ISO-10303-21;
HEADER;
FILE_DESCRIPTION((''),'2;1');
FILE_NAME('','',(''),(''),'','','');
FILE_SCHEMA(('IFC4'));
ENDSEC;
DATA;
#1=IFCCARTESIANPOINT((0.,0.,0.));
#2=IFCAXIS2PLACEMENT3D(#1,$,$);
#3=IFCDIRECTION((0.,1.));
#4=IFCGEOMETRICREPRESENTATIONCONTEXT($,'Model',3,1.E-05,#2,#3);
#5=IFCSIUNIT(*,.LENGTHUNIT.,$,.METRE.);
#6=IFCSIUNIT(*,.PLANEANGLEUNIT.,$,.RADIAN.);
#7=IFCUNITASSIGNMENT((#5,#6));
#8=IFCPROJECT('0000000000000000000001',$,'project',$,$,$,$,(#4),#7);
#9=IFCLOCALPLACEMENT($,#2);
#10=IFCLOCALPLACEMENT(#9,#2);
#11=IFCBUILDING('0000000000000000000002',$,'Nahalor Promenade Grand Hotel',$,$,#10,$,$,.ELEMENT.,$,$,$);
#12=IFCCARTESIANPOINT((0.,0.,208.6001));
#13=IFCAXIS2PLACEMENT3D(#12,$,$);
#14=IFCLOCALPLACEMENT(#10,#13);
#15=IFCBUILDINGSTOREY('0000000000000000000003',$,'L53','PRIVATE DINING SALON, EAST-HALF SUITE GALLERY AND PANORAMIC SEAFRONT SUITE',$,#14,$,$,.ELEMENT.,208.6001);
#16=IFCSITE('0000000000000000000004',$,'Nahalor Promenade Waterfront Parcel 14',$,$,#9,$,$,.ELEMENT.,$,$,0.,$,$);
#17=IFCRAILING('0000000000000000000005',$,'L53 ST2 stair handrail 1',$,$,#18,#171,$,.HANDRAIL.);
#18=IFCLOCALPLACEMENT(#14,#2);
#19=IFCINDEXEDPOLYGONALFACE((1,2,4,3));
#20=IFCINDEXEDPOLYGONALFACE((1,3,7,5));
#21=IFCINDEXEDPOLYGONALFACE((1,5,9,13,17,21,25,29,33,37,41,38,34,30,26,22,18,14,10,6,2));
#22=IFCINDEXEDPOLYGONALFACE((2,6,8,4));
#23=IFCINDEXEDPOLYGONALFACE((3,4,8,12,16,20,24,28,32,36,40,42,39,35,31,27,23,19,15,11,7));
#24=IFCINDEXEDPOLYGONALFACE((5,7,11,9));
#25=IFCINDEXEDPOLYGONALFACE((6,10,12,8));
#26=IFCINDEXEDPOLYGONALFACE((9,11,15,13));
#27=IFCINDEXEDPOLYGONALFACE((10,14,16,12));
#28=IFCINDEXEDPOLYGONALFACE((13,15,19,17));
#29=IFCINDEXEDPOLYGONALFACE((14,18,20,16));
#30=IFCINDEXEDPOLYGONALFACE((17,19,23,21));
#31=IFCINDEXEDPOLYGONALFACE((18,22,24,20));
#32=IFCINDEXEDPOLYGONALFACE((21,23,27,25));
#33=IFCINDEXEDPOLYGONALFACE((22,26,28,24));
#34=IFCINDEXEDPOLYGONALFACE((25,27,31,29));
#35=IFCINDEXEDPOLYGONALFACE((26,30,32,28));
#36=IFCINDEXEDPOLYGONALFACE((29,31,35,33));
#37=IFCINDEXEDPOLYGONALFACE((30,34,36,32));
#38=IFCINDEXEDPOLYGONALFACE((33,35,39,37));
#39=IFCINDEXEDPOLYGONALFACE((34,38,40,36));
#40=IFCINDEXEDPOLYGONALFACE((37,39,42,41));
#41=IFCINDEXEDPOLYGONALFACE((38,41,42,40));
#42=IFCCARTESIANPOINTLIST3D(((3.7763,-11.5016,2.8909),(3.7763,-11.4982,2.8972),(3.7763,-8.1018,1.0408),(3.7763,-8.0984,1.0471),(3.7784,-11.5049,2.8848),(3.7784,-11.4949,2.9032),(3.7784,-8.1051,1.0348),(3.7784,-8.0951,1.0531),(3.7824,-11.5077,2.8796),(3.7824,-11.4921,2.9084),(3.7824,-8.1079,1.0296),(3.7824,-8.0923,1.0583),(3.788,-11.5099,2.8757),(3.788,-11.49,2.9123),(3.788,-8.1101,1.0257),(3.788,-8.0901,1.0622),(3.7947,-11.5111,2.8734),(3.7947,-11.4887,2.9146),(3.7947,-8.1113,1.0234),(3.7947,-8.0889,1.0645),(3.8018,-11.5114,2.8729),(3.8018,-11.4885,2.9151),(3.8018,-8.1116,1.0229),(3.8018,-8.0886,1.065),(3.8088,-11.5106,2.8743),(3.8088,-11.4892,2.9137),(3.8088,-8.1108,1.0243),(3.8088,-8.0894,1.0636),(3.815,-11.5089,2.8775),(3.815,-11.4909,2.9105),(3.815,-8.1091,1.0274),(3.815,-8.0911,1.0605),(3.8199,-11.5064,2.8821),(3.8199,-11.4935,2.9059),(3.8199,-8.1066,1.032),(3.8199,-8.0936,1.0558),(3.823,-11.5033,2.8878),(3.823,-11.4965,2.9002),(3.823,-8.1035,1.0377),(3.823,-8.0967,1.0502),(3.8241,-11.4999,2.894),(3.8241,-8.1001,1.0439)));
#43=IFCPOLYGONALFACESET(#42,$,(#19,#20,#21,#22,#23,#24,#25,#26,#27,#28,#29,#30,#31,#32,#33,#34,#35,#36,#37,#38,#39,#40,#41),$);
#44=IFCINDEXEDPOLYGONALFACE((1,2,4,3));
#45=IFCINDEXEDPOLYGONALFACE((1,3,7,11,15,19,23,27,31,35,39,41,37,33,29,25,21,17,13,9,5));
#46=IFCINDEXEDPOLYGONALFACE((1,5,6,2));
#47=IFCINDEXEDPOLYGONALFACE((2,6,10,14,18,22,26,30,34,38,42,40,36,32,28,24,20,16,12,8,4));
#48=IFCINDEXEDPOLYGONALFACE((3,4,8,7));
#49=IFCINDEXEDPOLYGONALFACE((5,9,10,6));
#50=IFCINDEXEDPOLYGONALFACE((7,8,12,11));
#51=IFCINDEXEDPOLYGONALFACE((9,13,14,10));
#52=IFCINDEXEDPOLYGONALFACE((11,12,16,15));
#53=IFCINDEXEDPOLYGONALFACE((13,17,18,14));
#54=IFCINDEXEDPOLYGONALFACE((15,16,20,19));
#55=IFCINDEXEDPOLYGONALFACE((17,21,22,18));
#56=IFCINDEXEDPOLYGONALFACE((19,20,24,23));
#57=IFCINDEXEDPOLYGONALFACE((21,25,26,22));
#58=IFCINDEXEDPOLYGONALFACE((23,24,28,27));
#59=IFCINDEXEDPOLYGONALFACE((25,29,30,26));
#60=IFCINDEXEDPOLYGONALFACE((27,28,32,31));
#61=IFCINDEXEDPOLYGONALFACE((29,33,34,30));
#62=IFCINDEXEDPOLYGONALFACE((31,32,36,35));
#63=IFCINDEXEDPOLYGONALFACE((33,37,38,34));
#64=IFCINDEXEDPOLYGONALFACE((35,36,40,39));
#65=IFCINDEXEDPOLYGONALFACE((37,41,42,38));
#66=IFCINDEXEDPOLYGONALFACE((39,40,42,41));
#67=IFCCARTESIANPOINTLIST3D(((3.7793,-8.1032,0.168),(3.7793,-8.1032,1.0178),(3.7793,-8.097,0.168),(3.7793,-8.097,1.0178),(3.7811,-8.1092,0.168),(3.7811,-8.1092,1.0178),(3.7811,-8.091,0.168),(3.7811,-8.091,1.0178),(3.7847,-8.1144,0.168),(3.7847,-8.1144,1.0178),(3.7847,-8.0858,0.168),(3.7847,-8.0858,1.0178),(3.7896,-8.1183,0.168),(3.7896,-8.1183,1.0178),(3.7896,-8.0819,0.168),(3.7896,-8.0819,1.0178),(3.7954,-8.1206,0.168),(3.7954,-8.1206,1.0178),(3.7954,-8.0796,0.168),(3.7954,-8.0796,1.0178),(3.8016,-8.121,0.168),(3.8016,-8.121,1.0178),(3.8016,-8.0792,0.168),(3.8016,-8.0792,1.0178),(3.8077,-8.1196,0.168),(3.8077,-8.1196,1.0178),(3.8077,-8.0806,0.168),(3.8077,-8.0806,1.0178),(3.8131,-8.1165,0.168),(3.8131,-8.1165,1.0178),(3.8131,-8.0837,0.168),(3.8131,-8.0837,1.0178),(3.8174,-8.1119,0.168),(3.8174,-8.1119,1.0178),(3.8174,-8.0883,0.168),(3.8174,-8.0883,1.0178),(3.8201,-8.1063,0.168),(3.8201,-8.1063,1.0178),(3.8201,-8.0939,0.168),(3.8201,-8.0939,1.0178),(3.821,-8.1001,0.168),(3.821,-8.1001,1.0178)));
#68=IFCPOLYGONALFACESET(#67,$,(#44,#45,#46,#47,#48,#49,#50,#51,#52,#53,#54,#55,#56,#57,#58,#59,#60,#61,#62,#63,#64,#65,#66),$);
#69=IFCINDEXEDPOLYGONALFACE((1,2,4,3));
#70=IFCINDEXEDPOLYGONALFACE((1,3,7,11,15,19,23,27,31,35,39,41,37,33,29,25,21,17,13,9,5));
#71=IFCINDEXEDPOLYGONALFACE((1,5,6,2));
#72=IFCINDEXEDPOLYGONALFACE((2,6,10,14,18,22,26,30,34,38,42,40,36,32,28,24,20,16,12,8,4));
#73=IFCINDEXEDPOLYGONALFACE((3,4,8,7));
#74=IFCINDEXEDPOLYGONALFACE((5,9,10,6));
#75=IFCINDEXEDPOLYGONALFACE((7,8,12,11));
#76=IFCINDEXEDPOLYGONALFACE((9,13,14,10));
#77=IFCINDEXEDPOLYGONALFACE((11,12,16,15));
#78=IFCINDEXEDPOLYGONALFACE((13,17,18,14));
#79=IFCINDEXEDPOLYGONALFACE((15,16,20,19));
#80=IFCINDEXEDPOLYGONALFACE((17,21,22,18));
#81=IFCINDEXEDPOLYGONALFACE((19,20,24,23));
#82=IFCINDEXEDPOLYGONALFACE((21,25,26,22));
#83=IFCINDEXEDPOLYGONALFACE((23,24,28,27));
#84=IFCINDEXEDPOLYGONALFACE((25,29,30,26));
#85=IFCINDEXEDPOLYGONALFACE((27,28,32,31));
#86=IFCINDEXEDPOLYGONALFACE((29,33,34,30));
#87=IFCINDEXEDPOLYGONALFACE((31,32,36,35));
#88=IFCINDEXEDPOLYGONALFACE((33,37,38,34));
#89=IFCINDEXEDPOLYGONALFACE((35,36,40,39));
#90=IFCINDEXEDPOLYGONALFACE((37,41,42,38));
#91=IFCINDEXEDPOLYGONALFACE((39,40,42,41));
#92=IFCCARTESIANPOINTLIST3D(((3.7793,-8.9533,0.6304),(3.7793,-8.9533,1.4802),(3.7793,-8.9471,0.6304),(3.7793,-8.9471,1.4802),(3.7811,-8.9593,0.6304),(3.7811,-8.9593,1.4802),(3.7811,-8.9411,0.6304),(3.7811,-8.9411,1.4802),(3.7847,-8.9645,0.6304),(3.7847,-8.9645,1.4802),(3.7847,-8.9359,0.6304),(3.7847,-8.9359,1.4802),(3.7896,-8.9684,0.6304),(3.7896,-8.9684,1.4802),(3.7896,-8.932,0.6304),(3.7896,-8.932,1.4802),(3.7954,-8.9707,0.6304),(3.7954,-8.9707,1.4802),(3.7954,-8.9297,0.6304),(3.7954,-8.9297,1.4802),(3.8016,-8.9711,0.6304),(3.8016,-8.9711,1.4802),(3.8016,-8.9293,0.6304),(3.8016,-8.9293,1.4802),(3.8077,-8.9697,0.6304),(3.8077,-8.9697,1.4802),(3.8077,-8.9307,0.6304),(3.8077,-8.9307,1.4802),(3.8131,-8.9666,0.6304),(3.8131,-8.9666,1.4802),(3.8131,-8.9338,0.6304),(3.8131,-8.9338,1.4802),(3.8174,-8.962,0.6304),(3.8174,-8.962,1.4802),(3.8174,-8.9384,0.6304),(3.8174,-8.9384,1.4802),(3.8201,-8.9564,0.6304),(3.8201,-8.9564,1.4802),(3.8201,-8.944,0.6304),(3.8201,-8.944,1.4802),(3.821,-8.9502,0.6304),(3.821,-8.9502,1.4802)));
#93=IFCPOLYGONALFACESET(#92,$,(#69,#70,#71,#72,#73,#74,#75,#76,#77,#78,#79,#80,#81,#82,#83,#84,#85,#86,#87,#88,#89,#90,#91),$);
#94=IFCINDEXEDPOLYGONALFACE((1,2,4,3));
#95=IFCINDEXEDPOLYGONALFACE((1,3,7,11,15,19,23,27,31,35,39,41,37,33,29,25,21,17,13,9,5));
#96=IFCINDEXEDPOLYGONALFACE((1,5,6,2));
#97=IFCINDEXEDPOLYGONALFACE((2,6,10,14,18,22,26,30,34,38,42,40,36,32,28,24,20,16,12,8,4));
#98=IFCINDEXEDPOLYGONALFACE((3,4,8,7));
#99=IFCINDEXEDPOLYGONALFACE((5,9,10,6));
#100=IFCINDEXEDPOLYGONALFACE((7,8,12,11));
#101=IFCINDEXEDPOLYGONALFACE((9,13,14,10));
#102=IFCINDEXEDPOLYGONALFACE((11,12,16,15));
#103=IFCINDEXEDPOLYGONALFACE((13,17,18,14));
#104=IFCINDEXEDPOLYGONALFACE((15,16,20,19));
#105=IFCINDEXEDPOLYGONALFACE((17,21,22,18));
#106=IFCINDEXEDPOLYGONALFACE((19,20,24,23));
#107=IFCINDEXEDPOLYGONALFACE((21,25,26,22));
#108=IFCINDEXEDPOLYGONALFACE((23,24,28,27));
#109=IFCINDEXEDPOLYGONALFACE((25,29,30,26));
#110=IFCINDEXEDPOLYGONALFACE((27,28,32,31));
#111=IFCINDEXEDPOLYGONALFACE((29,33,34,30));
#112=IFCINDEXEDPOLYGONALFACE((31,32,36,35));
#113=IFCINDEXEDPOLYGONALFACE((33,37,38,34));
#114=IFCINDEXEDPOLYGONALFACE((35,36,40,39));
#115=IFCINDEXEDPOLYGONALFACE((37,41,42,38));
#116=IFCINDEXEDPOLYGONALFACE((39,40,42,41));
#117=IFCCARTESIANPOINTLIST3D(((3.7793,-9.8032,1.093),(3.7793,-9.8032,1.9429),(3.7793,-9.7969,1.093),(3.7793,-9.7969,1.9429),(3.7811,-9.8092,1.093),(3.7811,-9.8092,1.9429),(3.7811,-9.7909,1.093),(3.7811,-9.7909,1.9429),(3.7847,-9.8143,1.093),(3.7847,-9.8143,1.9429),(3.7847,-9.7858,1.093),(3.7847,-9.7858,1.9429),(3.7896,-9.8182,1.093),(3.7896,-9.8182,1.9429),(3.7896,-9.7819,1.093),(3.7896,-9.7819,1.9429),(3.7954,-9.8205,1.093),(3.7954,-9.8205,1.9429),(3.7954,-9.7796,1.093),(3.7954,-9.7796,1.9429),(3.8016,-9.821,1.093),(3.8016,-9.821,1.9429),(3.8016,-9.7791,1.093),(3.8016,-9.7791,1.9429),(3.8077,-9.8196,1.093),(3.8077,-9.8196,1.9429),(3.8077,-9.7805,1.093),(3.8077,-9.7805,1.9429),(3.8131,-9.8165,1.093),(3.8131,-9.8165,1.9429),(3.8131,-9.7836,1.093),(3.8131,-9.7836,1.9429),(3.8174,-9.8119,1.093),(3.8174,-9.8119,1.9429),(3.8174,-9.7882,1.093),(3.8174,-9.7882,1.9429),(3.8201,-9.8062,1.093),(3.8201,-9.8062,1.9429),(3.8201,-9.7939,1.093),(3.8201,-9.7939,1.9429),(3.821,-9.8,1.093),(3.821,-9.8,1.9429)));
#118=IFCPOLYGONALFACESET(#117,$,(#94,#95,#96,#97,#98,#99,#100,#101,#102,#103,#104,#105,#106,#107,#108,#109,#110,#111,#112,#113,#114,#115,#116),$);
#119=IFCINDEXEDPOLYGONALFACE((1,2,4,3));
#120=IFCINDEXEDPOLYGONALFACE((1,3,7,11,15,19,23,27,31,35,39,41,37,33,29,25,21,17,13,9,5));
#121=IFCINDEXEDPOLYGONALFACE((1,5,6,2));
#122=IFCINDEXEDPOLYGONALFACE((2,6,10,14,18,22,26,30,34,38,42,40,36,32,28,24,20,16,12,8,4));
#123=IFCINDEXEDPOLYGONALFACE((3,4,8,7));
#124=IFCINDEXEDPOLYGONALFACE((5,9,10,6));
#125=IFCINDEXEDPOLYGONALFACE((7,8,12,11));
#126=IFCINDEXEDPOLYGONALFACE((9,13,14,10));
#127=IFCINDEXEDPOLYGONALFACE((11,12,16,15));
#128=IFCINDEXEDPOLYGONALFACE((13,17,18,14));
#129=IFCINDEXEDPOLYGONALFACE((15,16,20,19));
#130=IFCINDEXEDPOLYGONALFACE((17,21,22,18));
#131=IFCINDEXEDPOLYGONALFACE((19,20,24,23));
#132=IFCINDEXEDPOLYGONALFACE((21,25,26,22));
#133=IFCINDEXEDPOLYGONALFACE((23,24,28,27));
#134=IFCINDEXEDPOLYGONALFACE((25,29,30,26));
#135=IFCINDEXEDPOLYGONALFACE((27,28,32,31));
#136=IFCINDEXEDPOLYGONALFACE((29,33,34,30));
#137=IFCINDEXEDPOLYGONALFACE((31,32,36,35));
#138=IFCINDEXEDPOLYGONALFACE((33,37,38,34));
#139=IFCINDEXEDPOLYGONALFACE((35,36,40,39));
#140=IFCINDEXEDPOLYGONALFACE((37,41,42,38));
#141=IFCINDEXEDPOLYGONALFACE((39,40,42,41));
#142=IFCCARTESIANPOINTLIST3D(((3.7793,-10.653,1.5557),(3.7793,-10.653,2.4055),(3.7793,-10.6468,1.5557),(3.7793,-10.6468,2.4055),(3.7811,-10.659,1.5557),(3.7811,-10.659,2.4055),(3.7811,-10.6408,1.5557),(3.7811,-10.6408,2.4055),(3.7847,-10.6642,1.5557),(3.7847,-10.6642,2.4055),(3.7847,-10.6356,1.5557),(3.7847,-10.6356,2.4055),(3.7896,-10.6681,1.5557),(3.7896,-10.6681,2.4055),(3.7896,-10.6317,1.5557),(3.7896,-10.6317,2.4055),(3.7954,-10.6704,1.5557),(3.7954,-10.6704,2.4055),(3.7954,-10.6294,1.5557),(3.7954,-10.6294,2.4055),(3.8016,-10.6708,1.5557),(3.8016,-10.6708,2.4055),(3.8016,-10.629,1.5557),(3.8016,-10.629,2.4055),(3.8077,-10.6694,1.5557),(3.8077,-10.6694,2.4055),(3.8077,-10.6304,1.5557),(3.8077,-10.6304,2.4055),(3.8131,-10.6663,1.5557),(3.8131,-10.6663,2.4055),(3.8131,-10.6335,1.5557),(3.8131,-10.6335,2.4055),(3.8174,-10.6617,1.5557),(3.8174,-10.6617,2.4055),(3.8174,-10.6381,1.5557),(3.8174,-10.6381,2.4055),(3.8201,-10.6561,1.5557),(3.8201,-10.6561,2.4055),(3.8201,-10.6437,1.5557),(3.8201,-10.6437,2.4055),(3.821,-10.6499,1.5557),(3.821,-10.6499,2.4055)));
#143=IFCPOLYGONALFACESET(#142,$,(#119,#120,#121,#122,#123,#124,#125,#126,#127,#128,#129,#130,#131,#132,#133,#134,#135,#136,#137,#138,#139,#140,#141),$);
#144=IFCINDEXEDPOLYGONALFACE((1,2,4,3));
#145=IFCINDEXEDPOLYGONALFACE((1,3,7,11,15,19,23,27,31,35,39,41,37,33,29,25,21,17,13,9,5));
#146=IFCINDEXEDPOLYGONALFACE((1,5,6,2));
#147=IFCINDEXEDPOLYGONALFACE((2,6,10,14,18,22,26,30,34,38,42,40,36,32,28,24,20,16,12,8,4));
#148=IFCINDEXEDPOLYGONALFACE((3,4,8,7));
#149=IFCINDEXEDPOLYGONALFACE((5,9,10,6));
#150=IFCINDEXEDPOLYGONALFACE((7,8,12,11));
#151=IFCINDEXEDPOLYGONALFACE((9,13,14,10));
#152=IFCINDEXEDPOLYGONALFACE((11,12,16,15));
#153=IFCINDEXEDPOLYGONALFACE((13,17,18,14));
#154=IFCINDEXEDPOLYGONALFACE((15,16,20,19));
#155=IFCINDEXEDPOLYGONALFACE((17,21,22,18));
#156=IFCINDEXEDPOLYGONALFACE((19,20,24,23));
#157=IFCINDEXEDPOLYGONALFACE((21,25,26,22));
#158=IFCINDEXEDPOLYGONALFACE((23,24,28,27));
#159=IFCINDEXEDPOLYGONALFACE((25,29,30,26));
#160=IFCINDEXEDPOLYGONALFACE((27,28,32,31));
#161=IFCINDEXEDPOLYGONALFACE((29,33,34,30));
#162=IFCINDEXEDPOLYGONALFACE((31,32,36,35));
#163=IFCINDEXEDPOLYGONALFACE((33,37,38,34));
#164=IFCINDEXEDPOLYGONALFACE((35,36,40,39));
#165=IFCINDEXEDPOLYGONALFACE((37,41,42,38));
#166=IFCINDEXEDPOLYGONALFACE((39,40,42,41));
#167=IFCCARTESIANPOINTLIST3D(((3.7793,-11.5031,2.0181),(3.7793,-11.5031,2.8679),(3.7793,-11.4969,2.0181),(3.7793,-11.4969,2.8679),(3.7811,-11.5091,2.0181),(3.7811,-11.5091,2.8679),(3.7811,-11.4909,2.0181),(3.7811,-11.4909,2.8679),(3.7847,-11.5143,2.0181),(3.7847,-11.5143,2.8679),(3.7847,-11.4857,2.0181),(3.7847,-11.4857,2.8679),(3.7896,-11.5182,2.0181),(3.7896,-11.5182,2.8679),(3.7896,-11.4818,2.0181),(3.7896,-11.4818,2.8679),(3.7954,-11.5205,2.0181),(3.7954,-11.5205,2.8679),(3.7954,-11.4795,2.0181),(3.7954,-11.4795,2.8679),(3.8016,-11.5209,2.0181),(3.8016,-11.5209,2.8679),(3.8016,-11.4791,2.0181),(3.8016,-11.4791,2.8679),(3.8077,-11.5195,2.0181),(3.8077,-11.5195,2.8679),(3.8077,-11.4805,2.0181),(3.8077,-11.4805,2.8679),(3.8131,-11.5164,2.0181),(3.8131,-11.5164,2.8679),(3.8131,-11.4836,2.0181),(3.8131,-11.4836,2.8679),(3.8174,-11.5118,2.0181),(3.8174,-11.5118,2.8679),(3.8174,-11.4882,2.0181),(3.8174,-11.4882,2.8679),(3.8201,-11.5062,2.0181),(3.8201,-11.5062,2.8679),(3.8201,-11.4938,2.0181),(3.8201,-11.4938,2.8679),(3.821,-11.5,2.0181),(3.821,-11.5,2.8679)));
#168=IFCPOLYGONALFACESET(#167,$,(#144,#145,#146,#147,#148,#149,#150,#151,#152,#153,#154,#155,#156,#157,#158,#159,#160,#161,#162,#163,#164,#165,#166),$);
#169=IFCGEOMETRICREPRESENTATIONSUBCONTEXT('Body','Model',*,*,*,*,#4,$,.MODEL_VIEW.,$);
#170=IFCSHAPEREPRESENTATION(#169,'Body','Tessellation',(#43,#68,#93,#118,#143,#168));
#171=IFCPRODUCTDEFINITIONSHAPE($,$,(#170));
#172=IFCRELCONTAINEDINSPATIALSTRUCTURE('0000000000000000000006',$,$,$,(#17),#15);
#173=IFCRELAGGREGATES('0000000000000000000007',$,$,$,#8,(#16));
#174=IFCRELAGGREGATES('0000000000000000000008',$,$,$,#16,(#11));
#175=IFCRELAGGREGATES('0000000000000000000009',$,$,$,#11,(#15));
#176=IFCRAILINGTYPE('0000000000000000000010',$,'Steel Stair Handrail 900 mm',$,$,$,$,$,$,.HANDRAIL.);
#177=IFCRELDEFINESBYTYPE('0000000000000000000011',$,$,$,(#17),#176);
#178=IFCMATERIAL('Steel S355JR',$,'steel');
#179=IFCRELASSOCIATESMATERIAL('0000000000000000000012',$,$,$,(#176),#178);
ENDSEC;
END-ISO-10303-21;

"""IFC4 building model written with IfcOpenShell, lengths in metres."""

from ifc_helpers import new_model, si_unit, direction, frame, origin, origin_2d, place, context, subcontext, project, spatial, circle, extrude, material, type_object, element, save


model = new_model("IFC4")

# Units and contexts
model_context = context("Model", 3, precision=1e-05, world=origin(), true_north=direction((0.0, 1.0)))
body_context = subcontext(model_context, "Body", "Model", "MODEL_VIEW")
ifc_project = project(units=[si_unit("LENGTHUNIT", "METRE"), si_unit("PLANEANGLEUNIT", "RADIAN")], contexts=[model_context])

# Site, building, storey
site_placement = place(None, origin())
site = spatial("IfcSite", under=ifc_project, at=site_placement, Name="Nahalor Promenade Waterfront Parcel 14", CompositionType="ELEMENT", RefElevation=0.0)
building_placement = place(site_placement, origin())
building = spatial("IfcBuilding", under=site, at=building_placement, Name="Nahalor Promenade Grand Hotel", CompositionType="ELEMENT")
storey_placement = place(building_placement, frame((0.0, 0.0, 208.6001)))
storey = spatial("IfcBuildingStorey", under=building, at=storey_placement, Name="L53", Description="PRIVATE DINING SALON, EAST-HALF SUITE GALLERY AND PANORAMIC SEAFRONT SUITE", CompositionType="ELEMENT", Elevation=208.6001)

# Shared definitions
ifc_material_1 = material(Name="Steel S355JR", Category="steel")

# Railing
railing_type_1 = type_object("IfcRailingType", Name="Steel Stair Handrail 900 mm", PredefinedType="HANDRAIL", material=ifc_material_1)
railing_1_placement = place(storey_placement, frame((3.8, -8.1001, 0.168)))
element("IfcRailing", 1, at=railing_1_placement, inside=storey, type_object=railing_type_1, Name="L53 ST2 stair handrail 1", PredefinedType="HANDRAIL", context=body_context, shape_type="SweptSolid", body=[
    extrude(circle(Radius=0.024, at=origin_2d()), frame((0.0, 0.0, 0.876), z_axis=(0.0, -0.878372, 0.477977), x_axis=(1.0, 0.0, 0.0)), (0.0, 0.0, 1.0), 3.8706),
    extrude(circle(Radius=0.021, at=origin_2d()), origin(), (0.0, 0.0, 1.0), 0.8499),
    extrude(circle(Radius=0.021, at=origin_2d()), frame((0.0, -0.8501, 0.4624)), (0.0, 0.0, 1.0), 0.8499),
    extrude(circle(Radius=0.021, at=origin_2d()), frame((0.0, -1.7, 0.925)), (0.0, 0.0, 1.0), 0.8499),
    extrude(circle(Radius=0.021, at=origin_2d()), frame((0.0, -2.5498, 1.3877)), (0.0, 0.0, 1.0), 0.8499),
    extrude(circle(Radius=0.021, at=origin_2d()), frame((0.0, -3.3999, 1.8501)), (0.0, 0.0, 1.0), 0.8499),
])

save(model, "model.ifc")
